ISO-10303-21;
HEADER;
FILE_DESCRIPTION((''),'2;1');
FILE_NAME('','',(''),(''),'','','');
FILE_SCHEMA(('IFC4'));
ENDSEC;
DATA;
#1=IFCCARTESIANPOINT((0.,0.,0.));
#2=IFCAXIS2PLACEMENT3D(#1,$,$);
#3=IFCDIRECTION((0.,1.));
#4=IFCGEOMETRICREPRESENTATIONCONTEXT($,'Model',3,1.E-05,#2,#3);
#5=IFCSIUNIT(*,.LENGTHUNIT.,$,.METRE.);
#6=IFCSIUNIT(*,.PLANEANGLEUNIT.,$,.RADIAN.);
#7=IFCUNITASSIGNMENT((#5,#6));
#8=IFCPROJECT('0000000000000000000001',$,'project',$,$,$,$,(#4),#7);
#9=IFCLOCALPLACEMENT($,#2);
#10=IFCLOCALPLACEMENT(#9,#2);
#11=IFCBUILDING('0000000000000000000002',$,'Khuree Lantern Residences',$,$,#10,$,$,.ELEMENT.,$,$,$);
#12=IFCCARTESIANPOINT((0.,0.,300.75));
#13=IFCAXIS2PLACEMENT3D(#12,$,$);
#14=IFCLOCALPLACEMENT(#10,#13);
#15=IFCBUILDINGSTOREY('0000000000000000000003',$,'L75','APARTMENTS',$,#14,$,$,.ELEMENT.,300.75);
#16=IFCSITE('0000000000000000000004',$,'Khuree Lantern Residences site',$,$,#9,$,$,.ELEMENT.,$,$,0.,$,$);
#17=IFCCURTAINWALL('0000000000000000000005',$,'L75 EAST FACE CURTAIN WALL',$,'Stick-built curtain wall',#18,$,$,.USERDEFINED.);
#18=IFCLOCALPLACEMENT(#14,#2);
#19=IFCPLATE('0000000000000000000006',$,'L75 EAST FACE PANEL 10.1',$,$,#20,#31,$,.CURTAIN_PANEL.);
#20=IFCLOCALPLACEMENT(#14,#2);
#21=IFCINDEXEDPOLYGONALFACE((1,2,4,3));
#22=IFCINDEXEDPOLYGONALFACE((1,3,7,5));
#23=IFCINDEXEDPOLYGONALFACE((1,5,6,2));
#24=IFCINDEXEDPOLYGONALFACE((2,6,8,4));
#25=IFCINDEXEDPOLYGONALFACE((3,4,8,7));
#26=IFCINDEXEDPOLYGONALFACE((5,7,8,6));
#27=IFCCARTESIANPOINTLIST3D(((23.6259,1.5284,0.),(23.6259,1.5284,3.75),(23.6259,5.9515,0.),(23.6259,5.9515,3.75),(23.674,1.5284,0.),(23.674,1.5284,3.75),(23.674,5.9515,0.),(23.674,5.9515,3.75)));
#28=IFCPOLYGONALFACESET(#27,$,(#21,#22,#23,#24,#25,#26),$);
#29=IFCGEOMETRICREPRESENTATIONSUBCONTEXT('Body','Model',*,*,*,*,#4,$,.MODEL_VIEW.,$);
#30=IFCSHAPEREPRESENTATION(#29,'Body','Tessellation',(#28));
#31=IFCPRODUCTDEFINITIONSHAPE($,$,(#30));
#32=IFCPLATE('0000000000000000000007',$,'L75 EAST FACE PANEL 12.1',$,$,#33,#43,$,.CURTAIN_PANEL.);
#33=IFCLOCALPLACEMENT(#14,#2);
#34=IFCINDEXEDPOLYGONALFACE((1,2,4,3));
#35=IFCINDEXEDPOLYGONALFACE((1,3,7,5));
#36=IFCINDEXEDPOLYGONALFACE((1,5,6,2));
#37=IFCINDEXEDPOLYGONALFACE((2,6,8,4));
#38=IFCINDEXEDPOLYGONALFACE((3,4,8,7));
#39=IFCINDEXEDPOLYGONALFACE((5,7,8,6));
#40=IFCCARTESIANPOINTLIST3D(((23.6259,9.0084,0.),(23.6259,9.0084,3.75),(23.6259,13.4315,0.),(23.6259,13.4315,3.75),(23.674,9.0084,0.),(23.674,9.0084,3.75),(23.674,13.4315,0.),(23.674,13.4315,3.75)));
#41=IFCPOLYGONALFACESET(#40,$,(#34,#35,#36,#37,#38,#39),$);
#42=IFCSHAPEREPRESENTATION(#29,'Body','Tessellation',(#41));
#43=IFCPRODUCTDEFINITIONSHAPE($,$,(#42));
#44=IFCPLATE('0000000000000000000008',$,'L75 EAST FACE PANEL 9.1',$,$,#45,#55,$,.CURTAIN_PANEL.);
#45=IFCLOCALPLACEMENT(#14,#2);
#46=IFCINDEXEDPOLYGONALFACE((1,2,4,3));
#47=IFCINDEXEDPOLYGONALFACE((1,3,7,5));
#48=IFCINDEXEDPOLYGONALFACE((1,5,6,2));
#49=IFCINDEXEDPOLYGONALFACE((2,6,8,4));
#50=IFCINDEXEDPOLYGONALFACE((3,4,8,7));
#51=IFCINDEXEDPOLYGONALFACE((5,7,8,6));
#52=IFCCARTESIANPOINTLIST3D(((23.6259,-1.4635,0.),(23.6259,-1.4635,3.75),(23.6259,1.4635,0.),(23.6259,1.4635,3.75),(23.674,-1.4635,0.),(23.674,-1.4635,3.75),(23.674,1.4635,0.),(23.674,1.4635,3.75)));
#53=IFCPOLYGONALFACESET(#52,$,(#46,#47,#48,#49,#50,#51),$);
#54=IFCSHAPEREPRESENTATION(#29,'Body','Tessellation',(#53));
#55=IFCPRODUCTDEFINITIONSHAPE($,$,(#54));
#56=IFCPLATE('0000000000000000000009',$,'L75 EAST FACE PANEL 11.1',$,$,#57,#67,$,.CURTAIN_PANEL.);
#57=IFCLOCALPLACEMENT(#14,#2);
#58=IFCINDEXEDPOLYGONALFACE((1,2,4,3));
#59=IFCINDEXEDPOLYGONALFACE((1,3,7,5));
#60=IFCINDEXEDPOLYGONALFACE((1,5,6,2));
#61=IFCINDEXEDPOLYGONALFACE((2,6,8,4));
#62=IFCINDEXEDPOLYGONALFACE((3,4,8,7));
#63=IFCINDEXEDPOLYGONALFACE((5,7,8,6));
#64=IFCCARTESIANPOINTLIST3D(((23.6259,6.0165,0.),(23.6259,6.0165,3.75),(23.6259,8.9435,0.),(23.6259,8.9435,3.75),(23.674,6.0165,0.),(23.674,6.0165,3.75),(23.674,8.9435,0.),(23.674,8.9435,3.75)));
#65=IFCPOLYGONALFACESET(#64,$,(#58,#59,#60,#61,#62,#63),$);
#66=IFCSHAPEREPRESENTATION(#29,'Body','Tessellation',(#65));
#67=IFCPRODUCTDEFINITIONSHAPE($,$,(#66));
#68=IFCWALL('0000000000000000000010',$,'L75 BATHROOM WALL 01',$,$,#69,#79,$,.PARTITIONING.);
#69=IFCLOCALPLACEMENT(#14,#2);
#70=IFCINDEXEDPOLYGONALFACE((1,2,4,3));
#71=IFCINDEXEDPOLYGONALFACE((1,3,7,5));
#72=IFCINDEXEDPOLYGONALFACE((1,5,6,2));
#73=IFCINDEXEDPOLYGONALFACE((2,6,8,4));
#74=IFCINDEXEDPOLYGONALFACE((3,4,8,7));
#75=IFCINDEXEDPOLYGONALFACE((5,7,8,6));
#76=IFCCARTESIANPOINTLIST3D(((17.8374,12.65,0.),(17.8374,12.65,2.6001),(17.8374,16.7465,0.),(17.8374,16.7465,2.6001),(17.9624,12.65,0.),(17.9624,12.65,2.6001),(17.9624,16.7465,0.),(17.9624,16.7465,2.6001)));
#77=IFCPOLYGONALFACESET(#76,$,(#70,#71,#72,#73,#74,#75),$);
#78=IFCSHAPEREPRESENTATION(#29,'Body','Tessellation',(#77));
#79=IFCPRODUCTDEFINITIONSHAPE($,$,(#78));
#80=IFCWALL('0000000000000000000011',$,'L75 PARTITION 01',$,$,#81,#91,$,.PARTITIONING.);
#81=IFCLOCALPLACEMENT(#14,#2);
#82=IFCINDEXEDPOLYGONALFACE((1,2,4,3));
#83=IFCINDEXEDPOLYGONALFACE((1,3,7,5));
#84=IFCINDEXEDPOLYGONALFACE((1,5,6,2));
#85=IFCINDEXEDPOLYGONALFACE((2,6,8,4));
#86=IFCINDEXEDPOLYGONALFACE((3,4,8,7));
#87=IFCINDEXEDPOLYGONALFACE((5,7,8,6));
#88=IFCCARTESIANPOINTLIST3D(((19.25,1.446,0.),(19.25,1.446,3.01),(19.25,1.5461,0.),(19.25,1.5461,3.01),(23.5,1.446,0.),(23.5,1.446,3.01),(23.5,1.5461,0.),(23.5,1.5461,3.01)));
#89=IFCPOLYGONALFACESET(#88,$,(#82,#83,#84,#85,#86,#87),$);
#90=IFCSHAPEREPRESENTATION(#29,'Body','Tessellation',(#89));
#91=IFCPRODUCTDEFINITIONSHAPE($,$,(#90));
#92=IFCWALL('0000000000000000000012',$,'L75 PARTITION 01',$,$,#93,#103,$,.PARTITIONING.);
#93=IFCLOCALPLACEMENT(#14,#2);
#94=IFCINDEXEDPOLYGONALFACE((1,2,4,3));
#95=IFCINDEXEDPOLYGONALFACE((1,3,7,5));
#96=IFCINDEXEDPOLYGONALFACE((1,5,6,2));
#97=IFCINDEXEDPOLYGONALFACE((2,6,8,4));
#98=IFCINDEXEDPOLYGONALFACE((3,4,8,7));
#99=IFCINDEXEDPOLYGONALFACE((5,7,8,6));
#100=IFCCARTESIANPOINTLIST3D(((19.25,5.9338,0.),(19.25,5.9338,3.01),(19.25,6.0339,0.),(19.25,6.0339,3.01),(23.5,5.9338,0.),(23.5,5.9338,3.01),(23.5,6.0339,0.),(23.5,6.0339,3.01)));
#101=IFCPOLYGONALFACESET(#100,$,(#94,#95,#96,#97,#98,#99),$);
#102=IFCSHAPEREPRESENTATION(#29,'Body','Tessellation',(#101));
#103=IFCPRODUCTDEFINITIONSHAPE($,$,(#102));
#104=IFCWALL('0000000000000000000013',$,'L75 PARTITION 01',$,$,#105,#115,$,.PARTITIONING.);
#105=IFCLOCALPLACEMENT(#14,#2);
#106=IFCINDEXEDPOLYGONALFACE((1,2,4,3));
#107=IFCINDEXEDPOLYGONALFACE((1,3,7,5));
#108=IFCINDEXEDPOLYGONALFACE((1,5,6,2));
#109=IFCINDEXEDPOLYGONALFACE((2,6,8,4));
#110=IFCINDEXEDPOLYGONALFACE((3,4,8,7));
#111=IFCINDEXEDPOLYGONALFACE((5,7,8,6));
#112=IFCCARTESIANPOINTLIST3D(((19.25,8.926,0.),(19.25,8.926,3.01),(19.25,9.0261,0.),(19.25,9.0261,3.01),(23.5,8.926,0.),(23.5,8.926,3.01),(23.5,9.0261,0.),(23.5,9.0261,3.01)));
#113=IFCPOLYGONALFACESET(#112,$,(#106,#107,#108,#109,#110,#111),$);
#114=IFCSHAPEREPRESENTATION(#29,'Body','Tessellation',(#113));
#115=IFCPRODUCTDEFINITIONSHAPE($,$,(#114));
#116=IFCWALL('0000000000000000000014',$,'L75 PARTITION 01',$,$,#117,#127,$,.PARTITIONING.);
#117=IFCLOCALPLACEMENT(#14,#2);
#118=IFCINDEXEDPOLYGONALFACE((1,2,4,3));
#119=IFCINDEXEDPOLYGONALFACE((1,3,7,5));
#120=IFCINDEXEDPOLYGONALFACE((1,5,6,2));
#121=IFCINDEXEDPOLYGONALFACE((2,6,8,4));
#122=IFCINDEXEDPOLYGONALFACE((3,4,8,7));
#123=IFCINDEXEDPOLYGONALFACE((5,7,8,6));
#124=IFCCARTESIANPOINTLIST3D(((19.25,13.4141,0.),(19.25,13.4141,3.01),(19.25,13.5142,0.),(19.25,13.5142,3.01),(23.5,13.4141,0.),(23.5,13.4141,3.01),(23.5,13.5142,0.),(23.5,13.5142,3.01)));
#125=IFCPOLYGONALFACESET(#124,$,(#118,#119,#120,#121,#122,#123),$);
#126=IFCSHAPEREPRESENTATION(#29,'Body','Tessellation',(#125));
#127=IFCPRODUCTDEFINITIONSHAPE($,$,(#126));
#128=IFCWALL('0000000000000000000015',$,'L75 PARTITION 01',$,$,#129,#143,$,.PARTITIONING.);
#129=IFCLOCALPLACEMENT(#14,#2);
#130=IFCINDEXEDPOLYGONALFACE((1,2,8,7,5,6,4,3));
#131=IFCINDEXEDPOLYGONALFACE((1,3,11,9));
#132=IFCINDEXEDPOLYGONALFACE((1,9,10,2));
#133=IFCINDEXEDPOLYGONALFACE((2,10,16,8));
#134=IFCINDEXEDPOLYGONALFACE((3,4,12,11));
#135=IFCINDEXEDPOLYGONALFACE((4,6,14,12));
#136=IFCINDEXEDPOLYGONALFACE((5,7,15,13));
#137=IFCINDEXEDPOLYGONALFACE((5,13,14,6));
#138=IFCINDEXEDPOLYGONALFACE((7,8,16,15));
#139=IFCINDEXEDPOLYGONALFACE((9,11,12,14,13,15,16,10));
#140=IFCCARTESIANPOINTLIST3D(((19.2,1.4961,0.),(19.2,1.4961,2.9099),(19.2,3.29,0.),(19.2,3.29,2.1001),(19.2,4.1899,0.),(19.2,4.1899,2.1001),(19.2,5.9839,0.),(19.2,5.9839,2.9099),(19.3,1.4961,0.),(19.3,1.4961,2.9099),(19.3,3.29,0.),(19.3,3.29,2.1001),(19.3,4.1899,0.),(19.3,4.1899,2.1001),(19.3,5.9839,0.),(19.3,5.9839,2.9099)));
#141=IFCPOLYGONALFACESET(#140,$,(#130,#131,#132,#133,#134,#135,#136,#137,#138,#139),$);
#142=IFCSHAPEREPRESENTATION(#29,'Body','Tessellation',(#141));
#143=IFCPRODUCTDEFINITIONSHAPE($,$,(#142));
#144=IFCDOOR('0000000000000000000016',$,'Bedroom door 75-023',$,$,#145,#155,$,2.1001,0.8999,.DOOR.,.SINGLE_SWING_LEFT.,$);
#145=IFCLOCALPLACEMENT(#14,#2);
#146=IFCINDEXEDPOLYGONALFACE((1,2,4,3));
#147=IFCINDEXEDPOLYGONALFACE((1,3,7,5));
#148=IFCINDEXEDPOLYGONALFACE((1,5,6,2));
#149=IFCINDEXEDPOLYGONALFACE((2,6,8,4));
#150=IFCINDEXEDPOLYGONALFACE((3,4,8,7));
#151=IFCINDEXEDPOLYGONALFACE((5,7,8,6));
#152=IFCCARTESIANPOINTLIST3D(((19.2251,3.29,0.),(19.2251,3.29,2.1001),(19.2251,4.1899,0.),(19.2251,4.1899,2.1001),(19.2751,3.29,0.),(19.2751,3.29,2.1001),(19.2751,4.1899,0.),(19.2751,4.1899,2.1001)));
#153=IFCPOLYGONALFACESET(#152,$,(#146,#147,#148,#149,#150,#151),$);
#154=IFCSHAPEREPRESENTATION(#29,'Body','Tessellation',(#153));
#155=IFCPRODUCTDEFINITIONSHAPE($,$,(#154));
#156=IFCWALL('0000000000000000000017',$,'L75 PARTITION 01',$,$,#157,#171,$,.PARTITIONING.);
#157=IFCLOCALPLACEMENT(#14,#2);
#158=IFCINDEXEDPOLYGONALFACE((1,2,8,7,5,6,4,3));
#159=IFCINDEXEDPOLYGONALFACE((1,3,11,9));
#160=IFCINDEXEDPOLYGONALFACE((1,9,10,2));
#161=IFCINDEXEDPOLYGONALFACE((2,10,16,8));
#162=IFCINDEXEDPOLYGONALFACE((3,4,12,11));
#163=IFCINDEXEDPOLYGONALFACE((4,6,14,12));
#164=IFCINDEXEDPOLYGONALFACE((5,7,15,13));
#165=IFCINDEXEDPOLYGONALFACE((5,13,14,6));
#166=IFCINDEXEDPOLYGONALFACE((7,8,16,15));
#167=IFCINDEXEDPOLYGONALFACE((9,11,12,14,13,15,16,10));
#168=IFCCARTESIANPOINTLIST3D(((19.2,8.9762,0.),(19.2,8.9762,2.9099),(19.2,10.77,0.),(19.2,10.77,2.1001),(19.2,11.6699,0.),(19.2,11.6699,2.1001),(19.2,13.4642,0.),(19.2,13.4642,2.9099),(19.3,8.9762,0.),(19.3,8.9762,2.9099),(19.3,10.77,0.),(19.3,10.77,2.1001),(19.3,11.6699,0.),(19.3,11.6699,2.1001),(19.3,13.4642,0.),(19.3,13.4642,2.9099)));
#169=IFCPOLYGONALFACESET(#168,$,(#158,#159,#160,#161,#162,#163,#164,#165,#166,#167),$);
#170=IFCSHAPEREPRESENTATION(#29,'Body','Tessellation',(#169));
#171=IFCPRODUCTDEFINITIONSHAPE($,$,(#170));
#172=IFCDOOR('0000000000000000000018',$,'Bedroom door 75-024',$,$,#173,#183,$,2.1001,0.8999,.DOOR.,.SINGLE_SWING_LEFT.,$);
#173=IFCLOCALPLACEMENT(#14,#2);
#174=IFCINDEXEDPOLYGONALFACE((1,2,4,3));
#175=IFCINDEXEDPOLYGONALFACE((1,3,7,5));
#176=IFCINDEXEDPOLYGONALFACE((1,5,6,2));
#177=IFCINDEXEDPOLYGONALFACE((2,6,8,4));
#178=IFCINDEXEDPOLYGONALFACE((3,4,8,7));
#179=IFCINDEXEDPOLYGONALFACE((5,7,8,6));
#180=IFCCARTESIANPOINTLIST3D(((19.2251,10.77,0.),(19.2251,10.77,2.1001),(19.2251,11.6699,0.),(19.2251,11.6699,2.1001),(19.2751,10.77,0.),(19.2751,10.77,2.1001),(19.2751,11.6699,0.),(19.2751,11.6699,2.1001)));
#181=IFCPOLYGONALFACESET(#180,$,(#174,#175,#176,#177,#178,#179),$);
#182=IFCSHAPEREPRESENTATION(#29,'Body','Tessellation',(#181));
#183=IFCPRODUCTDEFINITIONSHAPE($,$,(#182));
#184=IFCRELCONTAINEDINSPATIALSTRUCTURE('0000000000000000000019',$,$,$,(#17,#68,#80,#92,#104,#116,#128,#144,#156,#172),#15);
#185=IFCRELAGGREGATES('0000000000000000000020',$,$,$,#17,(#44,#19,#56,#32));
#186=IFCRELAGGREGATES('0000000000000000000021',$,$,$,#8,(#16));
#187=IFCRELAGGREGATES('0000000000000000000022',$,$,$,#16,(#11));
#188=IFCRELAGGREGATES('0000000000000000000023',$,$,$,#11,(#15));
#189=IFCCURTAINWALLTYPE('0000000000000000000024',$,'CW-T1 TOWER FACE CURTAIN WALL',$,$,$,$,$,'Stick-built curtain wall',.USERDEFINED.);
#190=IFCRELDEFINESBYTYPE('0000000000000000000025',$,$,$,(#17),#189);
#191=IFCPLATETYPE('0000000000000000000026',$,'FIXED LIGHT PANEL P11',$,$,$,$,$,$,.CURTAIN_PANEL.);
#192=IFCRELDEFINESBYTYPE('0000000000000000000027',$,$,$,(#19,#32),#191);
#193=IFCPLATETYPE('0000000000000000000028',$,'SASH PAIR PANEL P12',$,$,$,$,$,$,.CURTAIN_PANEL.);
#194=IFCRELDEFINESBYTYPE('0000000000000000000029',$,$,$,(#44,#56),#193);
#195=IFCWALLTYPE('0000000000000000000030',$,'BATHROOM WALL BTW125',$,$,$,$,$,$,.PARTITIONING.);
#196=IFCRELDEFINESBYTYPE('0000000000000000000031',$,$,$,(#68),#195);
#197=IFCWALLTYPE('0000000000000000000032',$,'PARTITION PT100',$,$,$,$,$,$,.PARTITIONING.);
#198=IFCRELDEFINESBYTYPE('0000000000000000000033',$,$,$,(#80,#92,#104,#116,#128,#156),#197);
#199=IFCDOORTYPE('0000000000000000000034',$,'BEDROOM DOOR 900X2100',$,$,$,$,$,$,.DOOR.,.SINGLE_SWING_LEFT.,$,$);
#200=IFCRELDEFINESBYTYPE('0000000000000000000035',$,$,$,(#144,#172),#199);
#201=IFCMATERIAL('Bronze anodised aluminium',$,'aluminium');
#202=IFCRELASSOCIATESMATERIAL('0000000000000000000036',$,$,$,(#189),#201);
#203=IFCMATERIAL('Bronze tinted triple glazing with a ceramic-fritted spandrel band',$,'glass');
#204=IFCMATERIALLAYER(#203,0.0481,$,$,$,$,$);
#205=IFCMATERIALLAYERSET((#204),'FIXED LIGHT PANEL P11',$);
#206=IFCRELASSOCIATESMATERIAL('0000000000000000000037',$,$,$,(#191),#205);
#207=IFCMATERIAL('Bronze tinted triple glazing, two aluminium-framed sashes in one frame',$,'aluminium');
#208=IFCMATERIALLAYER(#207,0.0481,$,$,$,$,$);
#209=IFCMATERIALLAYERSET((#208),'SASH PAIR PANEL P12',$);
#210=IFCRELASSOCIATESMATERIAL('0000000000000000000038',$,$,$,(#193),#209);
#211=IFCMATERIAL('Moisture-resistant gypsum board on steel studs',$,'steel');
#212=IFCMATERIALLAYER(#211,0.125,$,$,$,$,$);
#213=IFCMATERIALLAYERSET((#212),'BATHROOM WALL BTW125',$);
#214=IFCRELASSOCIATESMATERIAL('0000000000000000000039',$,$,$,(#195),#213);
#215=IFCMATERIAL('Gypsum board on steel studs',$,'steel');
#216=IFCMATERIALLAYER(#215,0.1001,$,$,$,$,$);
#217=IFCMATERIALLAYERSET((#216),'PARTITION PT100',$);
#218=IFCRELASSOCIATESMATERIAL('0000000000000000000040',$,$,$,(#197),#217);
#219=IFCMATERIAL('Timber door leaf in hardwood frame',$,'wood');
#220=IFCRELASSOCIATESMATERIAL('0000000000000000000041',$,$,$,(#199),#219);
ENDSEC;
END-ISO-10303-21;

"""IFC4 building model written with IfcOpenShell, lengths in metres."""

from ifc_helpers import new_model, si_unit, direction, frame, frame_2d, origin, origin_2d, place, context, subcontext, project, spatial, rectangle, extrude, material, layer, layer_set, type_object, element, fill, aggregate, save


model = new_model("IFC4")

# Units and contexts
model_context = context("Model", 3, precision=1e-05, world=origin(), true_north=direction((0.0, 1.0)))
body_context = subcontext(model_context, "Body", "Model", "MODEL_VIEW")
ifc_project = project(units=[si_unit("LENGTHUNIT", "METRE"), si_unit("PLANEANGLEUNIT", "RADIAN")], contexts=[model_context])

# Site, building, storey
site_placement = place(None, origin())
site = spatial("IfcSite", under=ifc_project, at=site_placement, Name="Khuree Lantern Residences site", CompositionType="ELEMENT", RefElevation=0.0)
building_placement = place(site_placement, origin())
building = spatial("IfcBuilding", under=site, at=building_placement, Name="Khuree Lantern Residences", CompositionType="ELEMENT")
storey_placement = place(building_placement, frame((0.0, 0.0, 300.75)))
storey = spatial("IfcBuildingStorey", under=building, at=storey_placement, Name="L75", Description="APARTMENTS", CompositionType="ELEMENT", Elevation=300.75)

# Curtain wall
ifc_material_1 = material(Name="Bronze anodised aluminium", Category="aluminium")
curtain_wall_type = type_object("IfcCurtainWallType", Name="CW-T1 TOWER FACE CURTAIN WALL", ElementType="Stick-built curtain wall", PredefinedType="USERDEFINED", material=ifc_material_1)
curtain_wall_placement = place(storey_placement, origin())
curtain_wall = element("IfcCurtainWall", 1, at=curtain_wall_placement, inside=storey, type_object=curtain_wall_type, Name="L75 EAST FACE CURTAIN WALL", ObjectType="Stick-built curtain wall", PredefinedType="USERDEFINED")

# Plates
ifc_material_2 = material(Name="Bronze tinted triple glazing with a ceramic-fritted spandrel band", Category="glass")
ifc_layer_1 = layer(ifc_material_2, 0.0481)
ifc_layer_set_1 = layer_set([ifc_layer_1], Name="FIXED LIGHT PANEL P11")
plate_type_1 = type_object("IfcPlateType", Name="FIXED LIGHT PANEL P11", PredefinedType="CURTAIN_PANEL", material=ifc_layer_set_1)
plate_1_placement = place(storey_placement, frame((23.6499, 3.74, 0.0), z_axis=(0.0, 0.0, 1.0), x_axis=(0.0, 1.0, 0.0)))
plate_1 = element("IfcPlate", 2, at=plate_1_placement, type_object=plate_type_1, Name="L75 EAST FACE PANEL 10.1", PredefinedType="CURTAIN_PANEL", context=body_context, shape_type="SweptSolid", body=[
    extrude(rectangle(XDim=4.4231, YDim=0.0481, at=origin_2d()), origin(), (0.0, 0.0, 1.0), 3.75),
])
plate_2_placement = place(storey_placement, frame((23.6499, 11.22, 0.0), z_axis=(0.0, 0.0, 1.0), x_axis=(0.0, 1.0, 0.0)))
plate_2 = element("IfcPlate", 3, at=plate_2_placement, type_object=plate_type_1, Name="L75 EAST FACE PANEL 12.1", PredefinedType="CURTAIN_PANEL", context=body_context, shape_type="SweptSolid", body=[
    extrude(rectangle(XDim=4.4231, YDim=0.0481, at=origin_2d()), origin(), (0.0, 0.0, 1.0), 3.75),
])
ifc_material_3 = material(Name="Bronze tinted triple glazing, two aluminium-framed sashes in one frame", Category="aluminium")
ifc_layer_2 = layer(ifc_material_3, 0.0481)
ifc_layer_set_2 = layer_set([ifc_layer_2], Name="SASH PAIR PANEL P12")
plate_type_2 = type_object("IfcPlateType", Name="SASH PAIR PANEL P12", PredefinedType="CURTAIN_PANEL", material=ifc_layer_set_2)
plate_3_placement = place(storey_placement, frame((23.6499, 0.0, 0.0), z_axis=(0.0, 0.0, 1.0), x_axis=(0.0, 1.0, 0.0)))
plate_3 = element("IfcPlate", 4, at=plate_3_placement, type_object=plate_type_2, Name="L75 EAST FACE PANEL 9.1", PredefinedType="CURTAIN_PANEL", context=body_context, shape_type="SweptSolid", body=[
    extrude(rectangle(XDim=2.927, YDim=0.0481, at=origin_2d()), origin(), (0.0, 0.0, 1.0), 3.75),
])
plate_4_placement = place(storey_placement, frame((23.6499, 7.48, 0.0), z_axis=(0.0, 0.0, 1.0), x_axis=(0.0, 1.0, 0.0)))
plate_4 = element("IfcPlate", 5, at=plate_4_placement, type_object=plate_type_2, Name="L75 EAST FACE PANEL 11.1", PredefinedType="CURTAIN_PANEL", context=body_context, shape_type="SweptSolid", body=[
    extrude(rectangle(XDim=2.927, YDim=0.0481, at=origin_2d()), origin(), (0.0, 0.0, 1.0), 3.75),
])
aggregate(curtain_wall, [plate_3, plate_1, plate_4, plate_2])

# Walls
ifc_material_4 = material(Name="Moisture-resistant gypsum board on steel studs", Category="steel")
ifc_layer_3 = layer(ifc_material_4, 0.125)
ifc_layer_set_3 = layer_set([ifc_layer_3], Name="BATHROOM WALL BTW125")
wall_type_1 = type_object("IfcWallType", Name="BATHROOM WALL BTW125", PredefinedType="PARTITIONING", material=ifc_layer_set_3)
wall_1_placement = place(storey_placement, frame((17.8999, 12.6499, 0.0), z_axis=(0.0, 0.0, 1.0), x_axis=(0.0, 1.0, 0.0)))
element("IfcWall", 6, at=wall_1_placement, inside=storey, type_object=wall_type_1, Name="L75 BATHROOM WALL 01", PredefinedType="PARTITIONING", context=body_context, shape_type="SweptSolid", body=[
    extrude(rectangle(XDim=4.0964, YDim=0.125, at=frame_2d((2.0483, 0.0))), origin(), (0.0, 0.0, 1.0), 2.6001),
])
ifc_material_5 = material(Name="Gypsum board on steel studs", Category="steel")
ifc_layer_4 = layer(ifc_material_5, 0.1001)
ifc_layer_set_4 = layer_set([ifc_layer_4], Name="PARTITION PT100")
wall_type_2 = type_object("IfcWallType", Name="PARTITION PT100", PredefinedType="PARTITIONING", material=ifc_layer_set_4)
for number, where, z_axis, x_axis, name in (
    (7, (19.25, 1.4961, 0.0), (0.0, 0.0, 1.0), (1.0, 0.0, 0.0), "L75 PARTITION 01"),
    (8, (19.25, 5.9839, 0.0), (0.0, 0.0, 1.0), (1.0, 0.0, 0.0), "L75 PARTITION 01"),
    (9, (19.25, 8.9761, 0.0), (0.0, 0.0, 1.0), (1.0, 0.0, 0.0), "L75 PARTITION 01"),
    (10, (19.25, 13.4641, 0.0), (0.0, 0.0, 1.0), (1.0, 0.0, 0.0), "L75 PARTITION 01"),
):
    element("IfcWall", number, at=place(storey_placement, frame(where, z_axis=z_axis, x_axis=x_axis)), inside=storey, type_object=wall_type_2, Name=name, PredefinedType="PARTITIONING", context=body_context, shape_type="SweptSolid", body=[
        extrude(rectangle(XDim=4.25, YDim=0.1001, at=frame_2d((2.125, 0.0))), origin(), (0.0, 0.0, 1.0), 3.01),
    ])

# Walls, openings, doors
wall_2_placement = place(storey_placement, frame((19.25, 1.4961, 0.0), z_axis=(0.0, 0.0, 1.0), x_axis=(0.0, 1.0, 0.0)))
wall_2 = element("IfcWall", 11, at=wall_2_placement, inside=storey, type_object=wall_type_2, Name="L75 PARTITION 01", PredefinedType="PARTITIONING", context=body_context, shape_type="SweptSolid", body=[
    extrude(rectangle(XDim=4.4878, YDim=0.1001, at=frame_2d((2.2439, 0.0))), origin(), (0.0, 0.0, 1.0), 2.9099),
])
opening_1_placement = place(wall_2_placement, frame((1.7939, 0.0, 0.0)))
opening_1 = element("IfcOpeningElement", 12, at=opening_1_placement, cuts=wall_2, PredefinedType="OPENING", context=body_context, shape_type="SweptSolid", body=[
    extrude(rectangle(XDim=0.8999, YDim=2.1001, at=frame_2d((0.45, 1.05))), frame((0.0, 0.0601, 0.0), z_axis=(0.0, -1.0, 0.0), x_axis=(1.0, 0.0, 0.0)), (0.0, 0.0, 1.0), 0.1201),
])
ifc_material_6 = material(Name="Timber door leaf in hardwood frame", Category="wood")
door_type = type_object("IfcDoorType", Name="BEDROOM DOOR 900X2100", OperationType="SINGLE_SWING_LEFT", PredefinedType="DOOR", material=ifc_material_6)
door_1_placement = place(opening_1_placement, origin())
door_1 = element("IfcDoor", 13, at=door_1_placement, inside=storey, type_object=door_type, Name="Bedroom door 75-023", OperationType="SINGLE_SWING_LEFT", OverallHeight=2.1001, OverallWidth=0.8999, PredefinedType="DOOR", context=body_context, shape_type="SweptSolid", body=[
    extrude(rectangle(XDim=0.8999, YDim=2.1001, at=frame_2d((0.45, 1.05))), frame((0.0, 0.0249, 0.0), z_axis=(0.0, -1.0, 0.0), x_axis=(1.0, 0.0, 0.0)), (0.0, 0.0, 1.0), 0.05),
])
fill(opening_1, door_1)
wall_3_placement = place(storey_placement, frame((19.25, 8.9761, 0.0), z_axis=(0.0, 0.0, 1.0), x_axis=(0.0, 1.0, 0.0)))
wall_3 = element("IfcWall", 14, at=wall_3_placement, inside=storey, type_object=wall_type_2, Name="L75 PARTITION 01", PredefinedType="PARTITIONING", context=body_context, shape_type="SweptSolid", body=[
    extrude(rectangle(XDim=4.488, YDim=0.1001, at=frame_2d((2.2441, 0.0))), origin(), (0.0, 0.0, 1.0), 2.9099),
])
opening_2_placement = place(wall_3_placement, frame((1.7939, 0.0, 0.0)))
opening_2 = element("IfcOpeningElement", 15, at=opening_2_placement, cuts=wall_3, PredefinedType="OPENING", context=body_context, shape_type="SweptSolid", body=[
    extrude(rectangle(XDim=0.8999, YDim=2.1001, at=frame_2d((0.45, 1.05))), frame((0.0, 0.0601, 0.0), z_axis=(0.0, -1.0, 0.0), x_axis=(1.0, 0.0, 0.0)), (0.0, 0.0, 1.0), 0.1201),
])
door_2_placement = place(opening_2_placement, origin())
door_2 = element("IfcDoor", 16, at=door_2_placement, inside=storey, type_object=door_type, Name="Bedroom door 75-024", OperationType="SINGLE_SWING_LEFT", OverallHeight=2.1001, OverallWidth=0.8999, PredefinedType="DOOR", context=body_context, shape_type="SweptSolid", body=[
    extrude(rectangle(XDim=0.8999, YDim=2.1001, at=frame_2d((0.45, 1.05))), frame((0.0, 0.0249, 0.0), z_axis=(0.0, -1.0, 0.0), x_axis=(1.0, 0.0, 0.0)), (0.0, 0.0, 1.0), 0.05),
])
fill(opening_2, door_2)

save(model, "model.ifc")
